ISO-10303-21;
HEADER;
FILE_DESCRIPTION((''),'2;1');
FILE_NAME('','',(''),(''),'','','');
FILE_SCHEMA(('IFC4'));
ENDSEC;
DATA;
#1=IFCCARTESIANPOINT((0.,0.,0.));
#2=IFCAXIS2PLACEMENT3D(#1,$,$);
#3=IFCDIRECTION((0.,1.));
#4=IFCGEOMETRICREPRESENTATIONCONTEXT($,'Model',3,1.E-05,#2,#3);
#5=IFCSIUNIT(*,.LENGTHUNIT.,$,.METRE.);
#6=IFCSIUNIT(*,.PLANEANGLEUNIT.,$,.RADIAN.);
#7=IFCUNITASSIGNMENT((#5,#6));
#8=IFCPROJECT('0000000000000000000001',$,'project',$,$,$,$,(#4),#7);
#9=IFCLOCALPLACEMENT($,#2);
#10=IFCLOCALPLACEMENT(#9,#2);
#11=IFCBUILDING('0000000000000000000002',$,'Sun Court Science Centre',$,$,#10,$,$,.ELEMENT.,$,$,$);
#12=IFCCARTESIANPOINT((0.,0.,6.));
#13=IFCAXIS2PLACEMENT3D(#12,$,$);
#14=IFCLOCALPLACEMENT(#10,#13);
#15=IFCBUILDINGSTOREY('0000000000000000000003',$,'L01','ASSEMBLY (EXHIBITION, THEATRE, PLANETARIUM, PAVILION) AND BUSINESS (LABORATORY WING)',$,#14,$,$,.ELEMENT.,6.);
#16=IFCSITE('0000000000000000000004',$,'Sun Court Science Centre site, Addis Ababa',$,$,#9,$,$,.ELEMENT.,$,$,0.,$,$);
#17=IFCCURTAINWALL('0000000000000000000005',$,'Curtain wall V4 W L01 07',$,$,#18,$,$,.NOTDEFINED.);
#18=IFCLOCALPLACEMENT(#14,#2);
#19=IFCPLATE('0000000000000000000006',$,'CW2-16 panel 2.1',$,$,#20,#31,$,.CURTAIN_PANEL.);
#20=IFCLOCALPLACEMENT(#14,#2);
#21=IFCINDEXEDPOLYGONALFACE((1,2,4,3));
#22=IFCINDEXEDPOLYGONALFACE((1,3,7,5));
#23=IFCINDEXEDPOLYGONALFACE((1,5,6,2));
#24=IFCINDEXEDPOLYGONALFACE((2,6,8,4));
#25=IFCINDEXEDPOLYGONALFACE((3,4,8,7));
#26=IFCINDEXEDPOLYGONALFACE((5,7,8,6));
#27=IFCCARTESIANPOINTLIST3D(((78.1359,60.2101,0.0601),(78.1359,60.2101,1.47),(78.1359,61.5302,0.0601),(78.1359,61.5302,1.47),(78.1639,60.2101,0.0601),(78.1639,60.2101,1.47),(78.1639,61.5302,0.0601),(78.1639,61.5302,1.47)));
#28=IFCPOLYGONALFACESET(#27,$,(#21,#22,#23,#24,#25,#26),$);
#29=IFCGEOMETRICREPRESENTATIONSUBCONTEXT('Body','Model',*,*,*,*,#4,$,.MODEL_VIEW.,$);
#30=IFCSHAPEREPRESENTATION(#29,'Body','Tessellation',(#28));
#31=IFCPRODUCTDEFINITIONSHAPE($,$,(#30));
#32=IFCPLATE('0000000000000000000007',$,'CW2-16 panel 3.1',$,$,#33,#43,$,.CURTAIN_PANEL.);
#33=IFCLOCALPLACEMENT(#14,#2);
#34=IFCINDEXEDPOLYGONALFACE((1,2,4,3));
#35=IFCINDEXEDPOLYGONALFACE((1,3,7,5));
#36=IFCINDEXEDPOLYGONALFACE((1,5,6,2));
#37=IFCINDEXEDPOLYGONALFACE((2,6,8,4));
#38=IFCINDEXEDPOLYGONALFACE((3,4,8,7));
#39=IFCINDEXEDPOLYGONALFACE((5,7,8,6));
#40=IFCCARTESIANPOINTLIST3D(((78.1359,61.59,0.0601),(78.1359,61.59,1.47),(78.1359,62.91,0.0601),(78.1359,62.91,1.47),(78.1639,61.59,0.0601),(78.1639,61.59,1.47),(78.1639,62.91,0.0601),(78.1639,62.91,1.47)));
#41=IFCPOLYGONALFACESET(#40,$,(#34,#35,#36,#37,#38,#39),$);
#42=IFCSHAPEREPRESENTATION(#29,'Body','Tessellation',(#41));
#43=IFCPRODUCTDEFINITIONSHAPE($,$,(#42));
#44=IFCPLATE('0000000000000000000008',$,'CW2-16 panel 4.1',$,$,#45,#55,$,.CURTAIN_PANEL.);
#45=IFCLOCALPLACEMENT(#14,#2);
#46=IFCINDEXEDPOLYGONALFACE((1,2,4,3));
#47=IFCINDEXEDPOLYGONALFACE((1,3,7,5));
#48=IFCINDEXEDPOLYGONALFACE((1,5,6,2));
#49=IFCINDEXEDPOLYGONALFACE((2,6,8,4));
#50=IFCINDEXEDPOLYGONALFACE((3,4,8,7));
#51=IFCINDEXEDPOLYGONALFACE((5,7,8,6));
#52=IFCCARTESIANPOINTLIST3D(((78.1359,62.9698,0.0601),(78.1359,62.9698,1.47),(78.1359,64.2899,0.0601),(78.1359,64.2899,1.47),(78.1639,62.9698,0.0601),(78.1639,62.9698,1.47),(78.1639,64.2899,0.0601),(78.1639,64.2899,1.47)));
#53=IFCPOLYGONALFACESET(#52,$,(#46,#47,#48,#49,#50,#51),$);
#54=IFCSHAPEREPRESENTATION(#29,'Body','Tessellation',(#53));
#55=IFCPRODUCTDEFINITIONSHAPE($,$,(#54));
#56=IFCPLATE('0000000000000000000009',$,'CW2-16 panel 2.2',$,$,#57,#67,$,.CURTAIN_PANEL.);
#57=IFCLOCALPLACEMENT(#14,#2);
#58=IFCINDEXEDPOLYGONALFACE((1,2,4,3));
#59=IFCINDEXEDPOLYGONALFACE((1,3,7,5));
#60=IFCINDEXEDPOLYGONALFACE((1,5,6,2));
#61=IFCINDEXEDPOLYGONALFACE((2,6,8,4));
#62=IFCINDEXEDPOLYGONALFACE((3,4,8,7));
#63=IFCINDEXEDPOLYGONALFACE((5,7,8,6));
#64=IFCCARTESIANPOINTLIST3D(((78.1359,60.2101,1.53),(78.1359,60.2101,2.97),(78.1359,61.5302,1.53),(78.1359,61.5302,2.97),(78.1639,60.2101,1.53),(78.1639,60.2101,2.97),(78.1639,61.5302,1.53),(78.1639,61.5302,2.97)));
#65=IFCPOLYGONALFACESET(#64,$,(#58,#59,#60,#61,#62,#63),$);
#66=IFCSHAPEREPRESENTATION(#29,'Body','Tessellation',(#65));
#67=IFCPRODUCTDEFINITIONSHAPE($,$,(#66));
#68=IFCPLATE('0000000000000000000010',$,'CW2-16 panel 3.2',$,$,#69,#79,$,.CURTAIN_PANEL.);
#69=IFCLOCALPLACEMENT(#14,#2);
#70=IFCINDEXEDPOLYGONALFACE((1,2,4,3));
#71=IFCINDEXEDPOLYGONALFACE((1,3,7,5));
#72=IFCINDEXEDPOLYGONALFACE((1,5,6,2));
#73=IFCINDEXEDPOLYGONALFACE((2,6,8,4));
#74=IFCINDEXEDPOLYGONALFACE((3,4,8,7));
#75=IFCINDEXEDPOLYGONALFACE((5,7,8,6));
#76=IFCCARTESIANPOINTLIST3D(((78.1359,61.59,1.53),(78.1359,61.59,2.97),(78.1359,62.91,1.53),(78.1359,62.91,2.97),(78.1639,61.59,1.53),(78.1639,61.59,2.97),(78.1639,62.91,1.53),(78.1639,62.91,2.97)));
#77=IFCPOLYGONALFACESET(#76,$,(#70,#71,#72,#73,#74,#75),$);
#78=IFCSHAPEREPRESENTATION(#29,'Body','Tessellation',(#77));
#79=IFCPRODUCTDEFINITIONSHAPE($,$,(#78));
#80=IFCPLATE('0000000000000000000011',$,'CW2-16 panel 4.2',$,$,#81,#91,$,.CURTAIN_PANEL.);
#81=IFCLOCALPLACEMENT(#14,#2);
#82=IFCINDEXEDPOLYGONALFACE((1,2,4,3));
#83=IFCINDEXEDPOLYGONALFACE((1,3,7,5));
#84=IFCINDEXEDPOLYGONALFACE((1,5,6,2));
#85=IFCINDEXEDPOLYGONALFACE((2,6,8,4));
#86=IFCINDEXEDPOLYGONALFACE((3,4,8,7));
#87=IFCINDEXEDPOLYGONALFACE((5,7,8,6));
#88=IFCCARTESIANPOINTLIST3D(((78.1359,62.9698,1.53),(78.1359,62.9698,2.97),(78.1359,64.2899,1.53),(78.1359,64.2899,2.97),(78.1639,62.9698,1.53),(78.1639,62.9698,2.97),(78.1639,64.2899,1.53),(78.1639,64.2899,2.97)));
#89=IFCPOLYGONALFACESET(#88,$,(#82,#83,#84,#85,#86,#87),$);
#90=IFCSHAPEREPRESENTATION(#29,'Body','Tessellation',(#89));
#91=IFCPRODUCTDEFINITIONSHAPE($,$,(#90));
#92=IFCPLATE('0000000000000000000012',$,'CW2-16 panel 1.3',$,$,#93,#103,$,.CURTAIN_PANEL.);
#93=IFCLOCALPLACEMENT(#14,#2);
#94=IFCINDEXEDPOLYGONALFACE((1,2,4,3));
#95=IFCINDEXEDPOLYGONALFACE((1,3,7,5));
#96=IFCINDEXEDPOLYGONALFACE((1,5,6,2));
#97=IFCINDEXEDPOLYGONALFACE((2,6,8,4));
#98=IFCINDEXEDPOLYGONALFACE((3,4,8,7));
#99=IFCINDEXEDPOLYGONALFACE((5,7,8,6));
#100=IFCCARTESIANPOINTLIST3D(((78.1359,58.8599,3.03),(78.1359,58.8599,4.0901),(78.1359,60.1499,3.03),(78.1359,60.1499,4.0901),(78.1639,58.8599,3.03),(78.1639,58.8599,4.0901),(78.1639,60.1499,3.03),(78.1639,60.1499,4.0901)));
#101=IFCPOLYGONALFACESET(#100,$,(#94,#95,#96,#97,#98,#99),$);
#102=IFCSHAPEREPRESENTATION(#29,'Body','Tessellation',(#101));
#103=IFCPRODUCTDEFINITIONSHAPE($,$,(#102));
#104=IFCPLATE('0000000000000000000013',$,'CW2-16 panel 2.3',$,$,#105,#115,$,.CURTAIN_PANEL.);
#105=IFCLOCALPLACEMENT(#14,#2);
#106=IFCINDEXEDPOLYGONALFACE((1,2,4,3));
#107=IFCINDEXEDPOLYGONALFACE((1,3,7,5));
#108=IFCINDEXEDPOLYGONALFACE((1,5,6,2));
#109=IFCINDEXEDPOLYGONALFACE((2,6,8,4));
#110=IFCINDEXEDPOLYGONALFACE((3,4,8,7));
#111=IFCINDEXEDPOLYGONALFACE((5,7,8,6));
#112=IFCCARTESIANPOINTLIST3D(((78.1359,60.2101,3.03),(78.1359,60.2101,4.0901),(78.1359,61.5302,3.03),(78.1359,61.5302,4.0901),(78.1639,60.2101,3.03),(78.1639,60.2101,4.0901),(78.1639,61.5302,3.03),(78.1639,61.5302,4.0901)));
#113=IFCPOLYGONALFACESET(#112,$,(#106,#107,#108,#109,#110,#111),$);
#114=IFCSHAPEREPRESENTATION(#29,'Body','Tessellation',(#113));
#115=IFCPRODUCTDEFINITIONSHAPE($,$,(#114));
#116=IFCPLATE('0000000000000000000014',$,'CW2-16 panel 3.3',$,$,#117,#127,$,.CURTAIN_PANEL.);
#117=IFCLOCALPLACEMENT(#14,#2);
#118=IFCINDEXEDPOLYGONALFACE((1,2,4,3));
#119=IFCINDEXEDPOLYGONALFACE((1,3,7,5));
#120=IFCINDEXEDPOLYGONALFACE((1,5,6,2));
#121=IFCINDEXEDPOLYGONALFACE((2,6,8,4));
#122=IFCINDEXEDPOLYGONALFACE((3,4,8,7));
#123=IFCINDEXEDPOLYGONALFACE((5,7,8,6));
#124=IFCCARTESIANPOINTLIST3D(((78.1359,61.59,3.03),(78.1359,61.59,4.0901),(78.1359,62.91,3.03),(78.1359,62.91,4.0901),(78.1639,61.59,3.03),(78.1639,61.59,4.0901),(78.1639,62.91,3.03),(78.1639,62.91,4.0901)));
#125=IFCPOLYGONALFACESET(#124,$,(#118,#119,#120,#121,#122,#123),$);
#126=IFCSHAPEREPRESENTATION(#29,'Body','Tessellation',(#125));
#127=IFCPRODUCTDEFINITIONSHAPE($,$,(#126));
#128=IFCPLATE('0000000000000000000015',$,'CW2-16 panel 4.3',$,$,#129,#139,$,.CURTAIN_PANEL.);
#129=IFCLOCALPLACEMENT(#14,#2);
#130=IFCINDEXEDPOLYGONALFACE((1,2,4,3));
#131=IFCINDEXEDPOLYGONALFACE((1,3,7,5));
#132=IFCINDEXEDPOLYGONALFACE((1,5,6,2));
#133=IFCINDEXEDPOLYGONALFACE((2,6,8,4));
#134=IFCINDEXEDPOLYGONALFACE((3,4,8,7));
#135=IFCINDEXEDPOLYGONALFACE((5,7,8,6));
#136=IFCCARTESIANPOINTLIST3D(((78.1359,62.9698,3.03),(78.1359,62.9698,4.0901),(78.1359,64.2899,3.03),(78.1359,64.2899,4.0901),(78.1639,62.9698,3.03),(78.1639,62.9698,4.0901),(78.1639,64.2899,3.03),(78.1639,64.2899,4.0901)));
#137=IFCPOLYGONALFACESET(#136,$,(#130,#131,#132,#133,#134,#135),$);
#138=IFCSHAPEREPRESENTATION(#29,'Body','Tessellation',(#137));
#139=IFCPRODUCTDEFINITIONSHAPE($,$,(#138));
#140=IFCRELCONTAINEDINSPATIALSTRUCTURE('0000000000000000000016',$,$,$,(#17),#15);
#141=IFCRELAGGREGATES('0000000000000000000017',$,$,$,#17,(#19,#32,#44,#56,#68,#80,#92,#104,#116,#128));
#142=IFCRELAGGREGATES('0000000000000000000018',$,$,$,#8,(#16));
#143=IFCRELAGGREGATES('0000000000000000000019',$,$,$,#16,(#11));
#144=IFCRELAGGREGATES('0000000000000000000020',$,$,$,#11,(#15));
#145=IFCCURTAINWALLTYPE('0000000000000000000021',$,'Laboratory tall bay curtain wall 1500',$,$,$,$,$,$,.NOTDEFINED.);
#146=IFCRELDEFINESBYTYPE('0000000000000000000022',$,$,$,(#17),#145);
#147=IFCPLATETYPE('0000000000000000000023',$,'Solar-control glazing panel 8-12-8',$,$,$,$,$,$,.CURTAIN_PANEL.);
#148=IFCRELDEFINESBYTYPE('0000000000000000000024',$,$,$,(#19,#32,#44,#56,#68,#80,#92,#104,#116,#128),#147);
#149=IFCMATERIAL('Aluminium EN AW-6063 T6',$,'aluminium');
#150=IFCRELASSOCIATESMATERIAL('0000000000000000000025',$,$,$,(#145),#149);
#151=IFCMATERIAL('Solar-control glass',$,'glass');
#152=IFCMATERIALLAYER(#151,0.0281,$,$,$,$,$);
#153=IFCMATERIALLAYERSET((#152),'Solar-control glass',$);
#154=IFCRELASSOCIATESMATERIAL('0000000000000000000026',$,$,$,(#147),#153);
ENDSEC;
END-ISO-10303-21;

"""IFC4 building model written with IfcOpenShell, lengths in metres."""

from ifc_helpers import new_model, si_unit, direction, frame, origin, origin_2d, place, context, subcontext, project, spatial, rectangle, extrude, material, layer, layer_set, type_object, element, aggregate, save


model = new_model("IFC4")

# Units and contexts
model_context = context("Model", 3, precision=1e-05, world=origin(), true_north=direction((0.0, 1.0)))
body_context = subcontext(model_context, "Body", "Model", "MODEL_VIEW")
ifc_project = project(units=[si_unit("LENGTHUNIT", "METRE"), si_unit("PLANEANGLEUNIT", "RADIAN")], contexts=[model_context])

# Site, building, storey
site_placement = place(None, origin())
site = spatial("IfcSite", under=ifc_project, at=site_placement, Name="Sun Court Science Centre site, Addis Ababa", CompositionType="ELEMENT", RefElevation=0.0)
building_placement = place(site_placement, origin())
building = spatial("IfcBuilding", under=site, at=building_placement, Name="Sun Court Science Centre", CompositionType="ELEMENT")
storey_placement = place(building_placement, frame((0.0, 0.0, 6.0)))
storey = spatial("IfcBuildingStorey", under=building, at=storey_placement, Name="L01", Description="ASSEMBLY (EXHIBITION, THEATRE, PLANETARIUM, PAVILION) AND BUSINESS (LABORATORY WING)", CompositionType="ELEMENT", Elevation=6.0)

# Curtain wall
ifc_material_1 = material(Name="Aluminium EN AW-6063 T6", Category="aluminium")
curtain_wall_type = type_object("IfcCurtainWallType", Name="Laboratory tall bay curtain wall 1500", PredefinedType="NOTDEFINED", material=ifc_material_1)
curtain_wall_placement = place(storey_placement, origin())
curtain_wall = element("IfcCurtainWall", 1, at=curtain_wall_placement, inside=storey, type_object=curtain_wall_type, Name="Curtain wall V4 W L01 07", PredefinedType="NOTDEFINED")

# Plates
ifc_material_2 = material(Name="Solar-control glass", Category="glass")
ifc_layer = layer(ifc_material_2, 0.0281)
ifc_layer_set = layer_set([ifc_layer], Name="Solar-control glass")
plate_type = type_object("IfcPlateType", Name="Solar-control glazing panel 8-12-8", PredefinedType="CURTAIN_PANEL", material=ifc_layer_set)
plate_1_placement = place(storey_placement, frame((78.1499, 60.8701, 0.0601), z_axis=(0.0, 0.0, 1.0), x_axis=(0.0, 1.0, 0.0)))
plate_1 = element("IfcPlate", 2, at=plate_1_placement, type_object=plate_type, Name="CW2-16 panel 2.1", PredefinedType="CURTAIN_PANEL", context=body_context, shape_type="SweptSolid", body=[
    extrude(rectangle(XDim=1.3201, YDim=0.0281, at=origin_2d()), origin(), (0.0, 0.0, 1.0), 1.4099),
])
plate_2_placement = place(storey_placement, frame((78.1499, 62.25, 0.0601), z_axis=(0.0, 0.0, 1.0), x_axis=(0.0, 1.0, 0.0)))
plate_2 = element("IfcPlate", 3, at=plate_2_placement, type_object=plate_type, Name="CW2-16 panel 3.1", PredefinedType="CURTAIN_PANEL", context=body_context, shape_type="SweptSolid", body=[
    extrude(rectangle(XDim=1.3201, YDim=0.0281, at=origin_2d()), origin(), (0.0, 0.0, 1.0), 1.4099),
])
plate_3_placement = place(storey_placement, frame((78.1499, 63.6299, 0.0601), z_axis=(0.0, 0.0, 1.0), x_axis=(0.0, 1.0, 0.0)))
plate_3 = element("IfcPlate", 4, at=plate_3_placement, type_object=plate_type, Name="CW2-16 panel 4.1", PredefinedType="CURTAIN_PANEL", context=body_context, shape_type="SweptSolid", body=[
    extrude(rectangle(XDim=1.3201, YDim=0.0281, at=origin_2d()), origin(), (0.0, 0.0, 1.0), 1.4099),
])
plate_4_placement = place(storey_placement, frame((78.1499, 60.8701, 1.53), z_axis=(0.0, 0.0, 1.0), x_axis=(0.0, 1.0, 0.0)))
plate_4 = element("IfcPlate", 5, at=plate_4_placement, type_object=plate_type, Name="CW2-16 panel 2.2", PredefinedType="CURTAIN_PANEL", context=body_context, shape_type="SweptSolid", body=[
    extrude(rectangle(XDim=1.3201, YDim=0.0281, at=origin_2d()), origin(), (0.0, 0.0, 1.0), 1.4399),
])
plate_5_placement = place(storey_placement, frame((78.1499, 62.25, 1.53), z_axis=(0.0, 0.0, 1.0), x_axis=(0.0, 1.0, 0.0)))
plate_5 = element("IfcPlate", 6, at=plate_5_placement, type_object=plate_type, Name="CW2-16 panel 3.2", PredefinedType="CURTAIN_PANEL", context=body_context, shape_type="SweptSolid", body=[
    extrude(rectangle(XDim=1.3201, YDim=0.0281, at=origin_2d()), origin(), (0.0, 0.0, 1.0), 1.4399),
])
plate_6_placement = place(storey_placement, frame((78.1499, 63.6299, 1.53), z_axis=(0.0, 0.0, 1.0), x_axis=(0.0, 1.0, 0.0)))
plate_6 = element("IfcPlate", 7, at=plate_6_placement, type_object=plate_type, Name="CW2-16 panel 4.2", PredefinedType="CURTAIN_PANEL", context=body_context, shape_type="SweptSolid", body=[
    extrude(rectangle(XDim=1.3201, YDim=0.0281, at=origin_2d()), origin(), (0.0, 0.0, 1.0), 1.4399),
])
plate_7_placement = place(storey_placement, frame((78.1499, 59.5049, 3.03), z_axis=(0.0, 0.0, 1.0), x_axis=(0.0, 1.0, 0.0)))
plate_7 = element("IfcPlate", 8, at=plate_7_placement, type_object=plate_type, Name="CW2-16 panel 1.3", PredefinedType="CURTAIN_PANEL", context=body_context, shape_type="SweptSolid", body=[
    extrude(rectangle(XDim=1.29, YDim=0.0281, at=origin_2d()), origin(), (0.0, 0.0, 1.0), 1.0601),
])
plate_8_placement = place(storey_placement, frame((78.1499, 60.8701, 3.03), z_axis=(0.0, 0.0, 1.0), x_axis=(0.0, 1.0, 0.0)))
plate_8 = element("IfcPlate", 9, at=plate_8_placement, type_object=plate_type, Name="CW2-16 panel 2.3", PredefinedType="CURTAIN_PANEL", context=body_context, shape_type="SweptSolid", body=[
    extrude(rectangle(XDim=1.3201, YDim=0.0281, at=origin_2d()), origin(), (0.0, 0.0, 1.0), 1.0601),
])
plate_9_placement = place(storey_placement, frame((78.1499, 62.25, 3.03), z_axis=(0.0, 0.0, 1.0), x_axis=(0.0, 1.0, 0.0)))
plate_9 = element("IfcPlate", 10, at=plate_9_placement, type_object=plate_type, Name="CW2-16 panel 3.3", PredefinedType="CURTAIN_PANEL", context=body_context, shape_type="SweptSolid", body=[
    extrude(rectangle(XDim=1.3201, YDim=0.0281, at=origin_2d()), origin(), (0.0, 0.0, 1.0), 1.0601),
])
plate_10_placement = place(storey_placement, frame((78.1499, 63.6299, 3.03), z_axis=(0.0, 0.0, 1.0), x_axis=(0.0, 1.0, 0.0)))
plate_10 = element("IfcPlate", 11, at=plate_10_placement, type_object=plate_type, Name="CW2-16 panel 4.3", PredefinedType="CURTAIN_PANEL", context=body_context, shape_type="SweptSolid", body=[
    extrude(rectangle(XDim=1.3201, YDim=0.0281, at=origin_2d()), origin(), (0.0, 0.0, 1.0), 1.0601),
])
aggregate(curtain_wall, [plate_1, plate_2, plate_3, plate_4, plate_5, plate_6, plate_7, plate_8, plate_9, plate_10])

save(model, "model.ifc")
